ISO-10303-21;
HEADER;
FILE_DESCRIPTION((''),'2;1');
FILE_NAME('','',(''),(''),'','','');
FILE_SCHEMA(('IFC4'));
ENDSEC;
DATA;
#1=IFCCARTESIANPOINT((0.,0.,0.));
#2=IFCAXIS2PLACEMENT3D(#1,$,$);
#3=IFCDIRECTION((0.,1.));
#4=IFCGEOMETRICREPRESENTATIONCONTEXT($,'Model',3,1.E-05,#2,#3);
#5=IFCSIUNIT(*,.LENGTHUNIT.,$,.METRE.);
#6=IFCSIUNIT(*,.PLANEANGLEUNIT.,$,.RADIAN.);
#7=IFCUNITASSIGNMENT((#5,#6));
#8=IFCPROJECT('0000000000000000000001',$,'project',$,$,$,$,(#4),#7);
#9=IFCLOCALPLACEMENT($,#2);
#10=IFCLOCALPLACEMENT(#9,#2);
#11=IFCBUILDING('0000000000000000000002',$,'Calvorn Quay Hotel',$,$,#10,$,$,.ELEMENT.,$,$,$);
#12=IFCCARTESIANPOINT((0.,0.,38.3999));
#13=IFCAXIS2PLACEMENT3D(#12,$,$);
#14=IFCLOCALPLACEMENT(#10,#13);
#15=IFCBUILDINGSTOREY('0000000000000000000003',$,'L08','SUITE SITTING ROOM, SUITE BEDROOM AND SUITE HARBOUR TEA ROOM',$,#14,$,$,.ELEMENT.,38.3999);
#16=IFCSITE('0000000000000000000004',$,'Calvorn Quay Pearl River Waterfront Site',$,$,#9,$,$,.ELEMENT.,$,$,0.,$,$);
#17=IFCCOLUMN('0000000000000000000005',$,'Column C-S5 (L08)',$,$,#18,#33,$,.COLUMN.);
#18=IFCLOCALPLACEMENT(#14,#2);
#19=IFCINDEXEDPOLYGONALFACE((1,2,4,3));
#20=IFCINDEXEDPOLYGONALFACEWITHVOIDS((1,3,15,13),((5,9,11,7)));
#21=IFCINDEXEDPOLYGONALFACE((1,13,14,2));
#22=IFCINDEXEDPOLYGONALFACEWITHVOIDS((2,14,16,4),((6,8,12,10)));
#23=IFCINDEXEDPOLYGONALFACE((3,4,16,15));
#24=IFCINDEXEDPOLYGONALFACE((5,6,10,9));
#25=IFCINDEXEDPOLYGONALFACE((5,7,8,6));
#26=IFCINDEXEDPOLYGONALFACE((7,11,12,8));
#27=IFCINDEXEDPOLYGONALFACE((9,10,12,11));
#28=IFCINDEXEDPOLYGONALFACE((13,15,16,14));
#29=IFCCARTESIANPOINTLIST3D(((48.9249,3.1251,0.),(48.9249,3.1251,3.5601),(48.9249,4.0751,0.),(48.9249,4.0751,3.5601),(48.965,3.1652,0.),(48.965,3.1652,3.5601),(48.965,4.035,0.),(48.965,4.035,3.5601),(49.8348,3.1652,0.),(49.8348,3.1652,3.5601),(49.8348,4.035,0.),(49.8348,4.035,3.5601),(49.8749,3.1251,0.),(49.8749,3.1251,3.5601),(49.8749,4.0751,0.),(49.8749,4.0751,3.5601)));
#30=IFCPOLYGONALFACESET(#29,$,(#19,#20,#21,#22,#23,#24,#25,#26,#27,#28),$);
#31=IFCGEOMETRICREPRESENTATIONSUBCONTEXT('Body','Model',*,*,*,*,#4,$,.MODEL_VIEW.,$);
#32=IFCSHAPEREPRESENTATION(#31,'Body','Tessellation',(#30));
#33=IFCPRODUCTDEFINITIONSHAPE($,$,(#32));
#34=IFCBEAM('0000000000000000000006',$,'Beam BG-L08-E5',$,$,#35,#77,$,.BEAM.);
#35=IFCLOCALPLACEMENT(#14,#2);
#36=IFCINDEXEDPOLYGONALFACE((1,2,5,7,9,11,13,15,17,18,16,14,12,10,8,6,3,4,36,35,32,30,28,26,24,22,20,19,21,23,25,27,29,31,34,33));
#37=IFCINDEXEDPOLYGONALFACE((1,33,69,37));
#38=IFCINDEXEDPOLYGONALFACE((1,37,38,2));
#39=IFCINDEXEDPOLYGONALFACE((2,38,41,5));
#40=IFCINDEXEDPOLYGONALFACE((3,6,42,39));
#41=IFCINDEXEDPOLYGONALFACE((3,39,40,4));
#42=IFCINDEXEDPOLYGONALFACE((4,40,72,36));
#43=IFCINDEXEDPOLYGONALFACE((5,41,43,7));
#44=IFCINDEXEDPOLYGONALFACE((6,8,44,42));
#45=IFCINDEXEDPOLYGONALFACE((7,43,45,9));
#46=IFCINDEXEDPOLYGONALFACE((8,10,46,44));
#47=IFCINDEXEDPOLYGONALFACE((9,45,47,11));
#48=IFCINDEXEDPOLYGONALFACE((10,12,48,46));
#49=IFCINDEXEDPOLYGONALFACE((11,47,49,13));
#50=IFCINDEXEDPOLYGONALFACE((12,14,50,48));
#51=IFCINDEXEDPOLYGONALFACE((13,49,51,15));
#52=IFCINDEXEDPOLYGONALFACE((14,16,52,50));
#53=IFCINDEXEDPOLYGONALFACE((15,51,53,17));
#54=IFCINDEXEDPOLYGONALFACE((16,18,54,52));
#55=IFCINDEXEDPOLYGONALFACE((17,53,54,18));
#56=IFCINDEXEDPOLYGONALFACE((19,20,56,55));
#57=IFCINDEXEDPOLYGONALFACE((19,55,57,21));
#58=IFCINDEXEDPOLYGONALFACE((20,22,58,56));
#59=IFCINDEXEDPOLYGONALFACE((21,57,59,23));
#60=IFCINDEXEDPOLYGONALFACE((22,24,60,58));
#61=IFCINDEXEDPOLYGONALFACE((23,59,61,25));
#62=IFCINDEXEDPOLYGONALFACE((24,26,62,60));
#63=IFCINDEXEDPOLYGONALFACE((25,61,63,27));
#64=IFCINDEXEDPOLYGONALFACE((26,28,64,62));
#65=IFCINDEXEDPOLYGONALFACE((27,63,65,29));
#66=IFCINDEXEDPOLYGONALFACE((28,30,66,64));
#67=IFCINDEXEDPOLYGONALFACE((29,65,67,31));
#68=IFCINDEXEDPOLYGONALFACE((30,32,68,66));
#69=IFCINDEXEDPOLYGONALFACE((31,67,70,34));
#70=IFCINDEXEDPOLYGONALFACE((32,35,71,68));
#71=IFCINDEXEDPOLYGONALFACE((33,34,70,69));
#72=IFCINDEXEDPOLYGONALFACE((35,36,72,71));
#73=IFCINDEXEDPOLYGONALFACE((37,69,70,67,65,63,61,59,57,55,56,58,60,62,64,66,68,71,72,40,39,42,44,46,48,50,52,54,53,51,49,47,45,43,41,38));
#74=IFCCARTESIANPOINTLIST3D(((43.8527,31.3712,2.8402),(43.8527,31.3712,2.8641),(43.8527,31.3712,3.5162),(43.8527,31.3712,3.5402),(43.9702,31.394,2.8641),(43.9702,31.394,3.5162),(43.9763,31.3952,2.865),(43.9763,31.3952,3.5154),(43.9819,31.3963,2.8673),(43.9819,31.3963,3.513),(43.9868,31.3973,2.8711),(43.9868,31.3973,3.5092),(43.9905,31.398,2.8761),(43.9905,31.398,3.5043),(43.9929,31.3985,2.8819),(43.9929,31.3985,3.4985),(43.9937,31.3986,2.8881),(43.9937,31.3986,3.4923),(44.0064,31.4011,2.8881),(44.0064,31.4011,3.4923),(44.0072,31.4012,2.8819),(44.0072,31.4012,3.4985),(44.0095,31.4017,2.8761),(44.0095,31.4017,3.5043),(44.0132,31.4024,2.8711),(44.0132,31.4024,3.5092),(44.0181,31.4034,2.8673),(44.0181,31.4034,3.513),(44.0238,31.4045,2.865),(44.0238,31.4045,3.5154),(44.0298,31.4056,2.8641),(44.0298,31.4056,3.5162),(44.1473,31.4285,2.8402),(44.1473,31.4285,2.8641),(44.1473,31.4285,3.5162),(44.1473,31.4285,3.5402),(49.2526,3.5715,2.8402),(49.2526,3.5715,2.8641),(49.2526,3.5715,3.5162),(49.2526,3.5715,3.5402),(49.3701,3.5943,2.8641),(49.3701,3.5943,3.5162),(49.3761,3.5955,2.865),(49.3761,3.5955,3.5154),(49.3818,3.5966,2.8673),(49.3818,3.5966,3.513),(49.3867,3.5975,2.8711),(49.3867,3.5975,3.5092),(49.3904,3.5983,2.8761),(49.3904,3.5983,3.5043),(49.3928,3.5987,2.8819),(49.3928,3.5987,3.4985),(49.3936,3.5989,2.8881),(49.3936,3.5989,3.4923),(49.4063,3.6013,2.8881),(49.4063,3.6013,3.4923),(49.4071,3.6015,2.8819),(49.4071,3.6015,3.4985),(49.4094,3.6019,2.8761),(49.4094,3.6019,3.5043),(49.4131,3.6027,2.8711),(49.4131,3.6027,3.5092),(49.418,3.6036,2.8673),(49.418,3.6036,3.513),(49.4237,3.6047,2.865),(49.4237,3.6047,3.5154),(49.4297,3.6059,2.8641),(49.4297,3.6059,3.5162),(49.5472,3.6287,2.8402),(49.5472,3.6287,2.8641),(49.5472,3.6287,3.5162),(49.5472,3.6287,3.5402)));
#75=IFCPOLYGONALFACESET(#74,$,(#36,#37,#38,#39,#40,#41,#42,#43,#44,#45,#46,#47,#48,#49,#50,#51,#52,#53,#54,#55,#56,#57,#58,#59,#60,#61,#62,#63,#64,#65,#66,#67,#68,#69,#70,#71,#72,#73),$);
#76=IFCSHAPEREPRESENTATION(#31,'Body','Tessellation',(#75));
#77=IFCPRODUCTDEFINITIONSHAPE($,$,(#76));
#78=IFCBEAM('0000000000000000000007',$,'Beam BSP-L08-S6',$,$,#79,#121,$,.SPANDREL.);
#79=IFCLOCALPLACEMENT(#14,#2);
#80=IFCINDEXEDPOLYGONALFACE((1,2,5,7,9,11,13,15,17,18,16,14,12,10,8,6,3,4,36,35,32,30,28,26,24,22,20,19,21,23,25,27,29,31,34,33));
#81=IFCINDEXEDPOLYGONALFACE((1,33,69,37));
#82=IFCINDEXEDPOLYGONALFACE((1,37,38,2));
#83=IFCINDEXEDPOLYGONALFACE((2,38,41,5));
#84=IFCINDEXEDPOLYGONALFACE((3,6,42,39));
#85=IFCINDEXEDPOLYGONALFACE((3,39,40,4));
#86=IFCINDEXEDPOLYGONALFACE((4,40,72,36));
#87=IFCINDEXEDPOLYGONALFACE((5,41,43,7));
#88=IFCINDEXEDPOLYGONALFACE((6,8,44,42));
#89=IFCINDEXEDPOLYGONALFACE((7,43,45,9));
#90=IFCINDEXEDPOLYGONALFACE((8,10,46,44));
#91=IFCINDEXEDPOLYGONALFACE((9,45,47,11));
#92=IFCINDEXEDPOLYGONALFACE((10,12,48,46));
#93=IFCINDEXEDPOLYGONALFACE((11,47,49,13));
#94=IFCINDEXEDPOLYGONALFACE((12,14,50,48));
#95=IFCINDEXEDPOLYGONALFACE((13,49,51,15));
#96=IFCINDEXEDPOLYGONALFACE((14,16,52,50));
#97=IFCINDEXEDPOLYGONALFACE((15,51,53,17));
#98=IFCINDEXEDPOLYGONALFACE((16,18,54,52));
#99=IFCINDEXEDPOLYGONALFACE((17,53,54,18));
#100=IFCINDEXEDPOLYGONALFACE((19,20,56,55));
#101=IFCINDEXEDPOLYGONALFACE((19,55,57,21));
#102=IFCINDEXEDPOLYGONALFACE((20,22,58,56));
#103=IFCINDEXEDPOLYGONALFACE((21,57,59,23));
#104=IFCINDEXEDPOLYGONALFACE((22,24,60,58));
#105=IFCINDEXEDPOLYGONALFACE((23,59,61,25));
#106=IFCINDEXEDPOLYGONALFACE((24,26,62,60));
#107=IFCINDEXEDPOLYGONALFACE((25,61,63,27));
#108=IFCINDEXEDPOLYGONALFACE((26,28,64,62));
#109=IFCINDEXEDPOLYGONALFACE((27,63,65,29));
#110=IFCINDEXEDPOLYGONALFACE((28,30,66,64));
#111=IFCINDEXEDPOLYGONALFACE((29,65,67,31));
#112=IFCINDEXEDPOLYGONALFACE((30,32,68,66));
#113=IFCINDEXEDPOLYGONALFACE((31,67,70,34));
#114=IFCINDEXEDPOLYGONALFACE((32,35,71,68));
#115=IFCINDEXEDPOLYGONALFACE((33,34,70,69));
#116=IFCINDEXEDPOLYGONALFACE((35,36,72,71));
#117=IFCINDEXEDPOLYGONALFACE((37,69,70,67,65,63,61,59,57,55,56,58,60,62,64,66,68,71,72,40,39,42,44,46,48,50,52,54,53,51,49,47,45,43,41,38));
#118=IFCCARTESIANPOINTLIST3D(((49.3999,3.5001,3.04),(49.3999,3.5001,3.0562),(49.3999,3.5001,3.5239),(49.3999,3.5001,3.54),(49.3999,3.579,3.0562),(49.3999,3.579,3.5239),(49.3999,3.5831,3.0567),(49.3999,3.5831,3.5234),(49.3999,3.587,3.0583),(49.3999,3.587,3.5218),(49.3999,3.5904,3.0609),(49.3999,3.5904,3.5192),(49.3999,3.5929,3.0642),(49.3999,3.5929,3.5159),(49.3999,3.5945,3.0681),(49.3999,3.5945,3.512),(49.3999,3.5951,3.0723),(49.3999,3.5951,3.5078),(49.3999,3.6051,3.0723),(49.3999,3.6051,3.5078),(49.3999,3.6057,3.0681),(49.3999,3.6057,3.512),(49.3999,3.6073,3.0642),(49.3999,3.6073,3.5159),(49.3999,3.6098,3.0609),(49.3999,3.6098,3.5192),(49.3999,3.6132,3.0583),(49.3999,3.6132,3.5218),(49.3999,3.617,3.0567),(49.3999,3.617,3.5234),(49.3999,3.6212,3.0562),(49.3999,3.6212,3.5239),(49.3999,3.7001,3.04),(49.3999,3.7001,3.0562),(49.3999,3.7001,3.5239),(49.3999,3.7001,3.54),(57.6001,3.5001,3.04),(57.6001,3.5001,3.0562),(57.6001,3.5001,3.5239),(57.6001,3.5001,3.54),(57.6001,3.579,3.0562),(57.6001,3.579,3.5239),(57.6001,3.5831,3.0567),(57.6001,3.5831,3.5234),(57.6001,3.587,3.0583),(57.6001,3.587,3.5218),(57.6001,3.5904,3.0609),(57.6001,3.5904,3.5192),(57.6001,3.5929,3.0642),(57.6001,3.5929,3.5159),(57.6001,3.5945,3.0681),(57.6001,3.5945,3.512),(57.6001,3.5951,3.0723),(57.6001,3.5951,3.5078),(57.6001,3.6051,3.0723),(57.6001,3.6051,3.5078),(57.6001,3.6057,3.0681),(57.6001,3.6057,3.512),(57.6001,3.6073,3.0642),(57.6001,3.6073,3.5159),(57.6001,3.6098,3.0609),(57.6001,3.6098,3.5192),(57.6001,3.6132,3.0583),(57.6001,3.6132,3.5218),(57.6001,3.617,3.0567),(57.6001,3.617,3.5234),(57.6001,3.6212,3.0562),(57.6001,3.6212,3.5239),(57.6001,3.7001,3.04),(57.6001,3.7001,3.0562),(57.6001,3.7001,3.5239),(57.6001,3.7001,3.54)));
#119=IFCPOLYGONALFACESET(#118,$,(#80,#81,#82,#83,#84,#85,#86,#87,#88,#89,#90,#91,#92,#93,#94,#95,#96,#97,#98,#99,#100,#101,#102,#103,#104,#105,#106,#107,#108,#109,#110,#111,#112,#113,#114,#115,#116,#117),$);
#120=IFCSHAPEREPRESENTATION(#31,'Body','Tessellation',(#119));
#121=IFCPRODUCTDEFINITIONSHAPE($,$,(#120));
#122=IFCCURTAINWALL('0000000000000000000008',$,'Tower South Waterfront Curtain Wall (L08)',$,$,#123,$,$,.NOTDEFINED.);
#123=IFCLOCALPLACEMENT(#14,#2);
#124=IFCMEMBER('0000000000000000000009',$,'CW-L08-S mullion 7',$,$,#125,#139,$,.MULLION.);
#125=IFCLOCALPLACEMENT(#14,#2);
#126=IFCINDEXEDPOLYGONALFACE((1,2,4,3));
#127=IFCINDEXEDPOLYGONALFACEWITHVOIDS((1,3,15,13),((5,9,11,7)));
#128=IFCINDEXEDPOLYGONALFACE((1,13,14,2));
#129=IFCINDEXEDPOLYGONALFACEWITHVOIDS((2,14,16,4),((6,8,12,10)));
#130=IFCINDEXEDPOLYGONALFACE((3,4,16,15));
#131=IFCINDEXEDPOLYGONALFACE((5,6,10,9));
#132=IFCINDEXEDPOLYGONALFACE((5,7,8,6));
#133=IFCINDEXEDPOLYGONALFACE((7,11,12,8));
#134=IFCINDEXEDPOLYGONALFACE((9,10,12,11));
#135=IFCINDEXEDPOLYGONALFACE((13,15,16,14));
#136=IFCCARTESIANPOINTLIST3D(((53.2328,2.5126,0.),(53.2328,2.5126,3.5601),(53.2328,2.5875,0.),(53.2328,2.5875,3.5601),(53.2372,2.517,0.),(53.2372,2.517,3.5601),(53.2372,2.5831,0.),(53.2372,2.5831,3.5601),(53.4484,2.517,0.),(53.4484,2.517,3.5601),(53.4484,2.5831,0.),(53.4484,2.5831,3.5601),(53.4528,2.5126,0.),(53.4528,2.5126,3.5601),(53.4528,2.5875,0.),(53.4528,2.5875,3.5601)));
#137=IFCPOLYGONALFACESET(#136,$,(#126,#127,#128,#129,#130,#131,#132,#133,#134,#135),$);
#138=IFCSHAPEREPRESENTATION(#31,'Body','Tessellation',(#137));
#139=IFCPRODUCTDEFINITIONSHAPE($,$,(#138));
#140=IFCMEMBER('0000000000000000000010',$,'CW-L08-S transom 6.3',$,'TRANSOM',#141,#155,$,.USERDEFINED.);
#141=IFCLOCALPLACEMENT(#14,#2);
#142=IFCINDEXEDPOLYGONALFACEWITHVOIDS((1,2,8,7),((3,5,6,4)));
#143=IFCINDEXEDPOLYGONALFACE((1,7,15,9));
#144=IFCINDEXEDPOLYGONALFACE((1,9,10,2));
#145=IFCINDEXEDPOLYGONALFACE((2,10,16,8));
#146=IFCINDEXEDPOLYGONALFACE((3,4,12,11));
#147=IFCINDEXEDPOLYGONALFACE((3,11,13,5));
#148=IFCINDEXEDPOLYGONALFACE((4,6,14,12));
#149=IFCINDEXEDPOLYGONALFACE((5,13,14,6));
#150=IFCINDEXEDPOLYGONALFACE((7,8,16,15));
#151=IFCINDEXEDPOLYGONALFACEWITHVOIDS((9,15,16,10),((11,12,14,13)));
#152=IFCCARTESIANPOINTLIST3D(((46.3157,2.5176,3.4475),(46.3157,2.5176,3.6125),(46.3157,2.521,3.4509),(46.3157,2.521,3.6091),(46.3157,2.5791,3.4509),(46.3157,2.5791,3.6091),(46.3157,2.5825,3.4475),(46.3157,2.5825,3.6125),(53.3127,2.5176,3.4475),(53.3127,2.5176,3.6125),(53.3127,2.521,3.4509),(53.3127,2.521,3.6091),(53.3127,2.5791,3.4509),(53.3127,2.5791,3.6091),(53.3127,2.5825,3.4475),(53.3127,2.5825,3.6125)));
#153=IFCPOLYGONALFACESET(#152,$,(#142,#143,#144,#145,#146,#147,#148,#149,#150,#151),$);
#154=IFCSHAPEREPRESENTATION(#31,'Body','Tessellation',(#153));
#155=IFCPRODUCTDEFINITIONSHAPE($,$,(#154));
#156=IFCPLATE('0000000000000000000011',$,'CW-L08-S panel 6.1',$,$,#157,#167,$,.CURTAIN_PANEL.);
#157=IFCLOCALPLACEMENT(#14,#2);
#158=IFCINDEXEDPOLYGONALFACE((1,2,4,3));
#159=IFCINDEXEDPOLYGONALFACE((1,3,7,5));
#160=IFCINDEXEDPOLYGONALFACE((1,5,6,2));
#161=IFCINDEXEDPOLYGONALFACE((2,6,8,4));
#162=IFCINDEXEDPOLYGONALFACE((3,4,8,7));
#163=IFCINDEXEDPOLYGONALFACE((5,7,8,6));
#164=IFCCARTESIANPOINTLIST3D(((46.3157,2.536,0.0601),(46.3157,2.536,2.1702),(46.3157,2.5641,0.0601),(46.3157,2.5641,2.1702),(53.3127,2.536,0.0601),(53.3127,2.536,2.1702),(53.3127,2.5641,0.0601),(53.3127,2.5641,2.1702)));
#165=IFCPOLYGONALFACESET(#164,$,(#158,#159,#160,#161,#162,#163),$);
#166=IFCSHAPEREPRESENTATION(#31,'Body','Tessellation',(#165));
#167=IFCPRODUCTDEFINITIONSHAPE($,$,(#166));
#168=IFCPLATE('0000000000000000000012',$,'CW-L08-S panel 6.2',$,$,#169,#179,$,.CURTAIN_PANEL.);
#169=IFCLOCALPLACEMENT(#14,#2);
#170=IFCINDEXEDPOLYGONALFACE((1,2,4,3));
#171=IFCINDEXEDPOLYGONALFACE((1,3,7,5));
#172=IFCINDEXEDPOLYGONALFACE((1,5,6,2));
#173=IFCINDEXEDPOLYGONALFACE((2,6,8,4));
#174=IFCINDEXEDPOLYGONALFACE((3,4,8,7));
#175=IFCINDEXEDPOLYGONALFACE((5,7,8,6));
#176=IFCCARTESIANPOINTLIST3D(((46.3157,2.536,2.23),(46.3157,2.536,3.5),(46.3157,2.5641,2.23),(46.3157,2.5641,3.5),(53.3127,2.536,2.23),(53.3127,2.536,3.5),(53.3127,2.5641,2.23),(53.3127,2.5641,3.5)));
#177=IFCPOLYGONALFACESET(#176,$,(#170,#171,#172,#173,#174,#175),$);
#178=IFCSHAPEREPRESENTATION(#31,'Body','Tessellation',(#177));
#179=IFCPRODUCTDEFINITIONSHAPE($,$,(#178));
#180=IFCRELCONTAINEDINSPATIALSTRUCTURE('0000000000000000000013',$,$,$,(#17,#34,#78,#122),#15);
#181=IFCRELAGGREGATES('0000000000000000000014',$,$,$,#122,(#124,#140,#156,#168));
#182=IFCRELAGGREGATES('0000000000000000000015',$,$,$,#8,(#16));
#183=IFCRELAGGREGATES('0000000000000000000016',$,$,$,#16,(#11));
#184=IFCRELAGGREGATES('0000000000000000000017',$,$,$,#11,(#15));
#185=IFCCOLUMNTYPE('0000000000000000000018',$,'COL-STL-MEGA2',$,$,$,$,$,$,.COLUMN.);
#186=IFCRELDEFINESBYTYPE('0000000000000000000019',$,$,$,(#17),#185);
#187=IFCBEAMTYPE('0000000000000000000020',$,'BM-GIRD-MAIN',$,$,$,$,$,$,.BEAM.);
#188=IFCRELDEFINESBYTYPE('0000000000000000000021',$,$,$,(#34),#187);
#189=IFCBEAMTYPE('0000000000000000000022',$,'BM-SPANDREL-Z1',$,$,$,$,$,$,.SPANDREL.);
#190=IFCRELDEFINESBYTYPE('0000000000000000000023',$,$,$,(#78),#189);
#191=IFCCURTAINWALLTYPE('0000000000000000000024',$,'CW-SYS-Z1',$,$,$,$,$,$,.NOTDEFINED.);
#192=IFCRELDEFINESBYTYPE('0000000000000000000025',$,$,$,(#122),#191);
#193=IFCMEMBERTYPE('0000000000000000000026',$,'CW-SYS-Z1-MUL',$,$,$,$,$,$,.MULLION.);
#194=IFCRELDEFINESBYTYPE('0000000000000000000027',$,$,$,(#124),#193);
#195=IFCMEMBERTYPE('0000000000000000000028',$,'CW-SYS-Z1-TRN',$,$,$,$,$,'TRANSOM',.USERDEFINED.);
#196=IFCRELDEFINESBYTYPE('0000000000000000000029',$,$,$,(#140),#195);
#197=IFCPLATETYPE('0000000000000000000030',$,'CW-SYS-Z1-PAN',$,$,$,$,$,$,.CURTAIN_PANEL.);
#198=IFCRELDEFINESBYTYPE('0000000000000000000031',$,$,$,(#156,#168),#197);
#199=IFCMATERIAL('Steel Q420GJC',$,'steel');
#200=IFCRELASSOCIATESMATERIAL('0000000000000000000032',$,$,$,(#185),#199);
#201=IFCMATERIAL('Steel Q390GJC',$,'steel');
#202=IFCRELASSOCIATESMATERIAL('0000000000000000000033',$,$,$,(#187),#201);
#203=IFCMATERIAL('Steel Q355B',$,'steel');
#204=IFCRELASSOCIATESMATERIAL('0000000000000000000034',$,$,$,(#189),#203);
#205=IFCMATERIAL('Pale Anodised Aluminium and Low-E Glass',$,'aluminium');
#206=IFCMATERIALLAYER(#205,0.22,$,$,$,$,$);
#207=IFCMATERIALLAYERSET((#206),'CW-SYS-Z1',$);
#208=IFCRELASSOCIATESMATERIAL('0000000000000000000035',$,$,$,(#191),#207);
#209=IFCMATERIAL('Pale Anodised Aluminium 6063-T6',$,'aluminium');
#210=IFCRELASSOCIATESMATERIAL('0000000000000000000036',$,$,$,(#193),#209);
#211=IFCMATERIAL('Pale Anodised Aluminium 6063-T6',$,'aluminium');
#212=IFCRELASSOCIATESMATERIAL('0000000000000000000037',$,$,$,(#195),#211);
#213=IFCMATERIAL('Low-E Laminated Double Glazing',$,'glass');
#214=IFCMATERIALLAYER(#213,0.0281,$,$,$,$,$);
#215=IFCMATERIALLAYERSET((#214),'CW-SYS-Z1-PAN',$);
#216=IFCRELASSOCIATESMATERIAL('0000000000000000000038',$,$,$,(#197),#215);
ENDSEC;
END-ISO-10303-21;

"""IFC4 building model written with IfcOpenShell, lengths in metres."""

from ifc_helpers import new_model, si_unit, direction, frame, origin, origin_2d, place, context, subcontext, project, spatial, rectangle, hollow_rectangle, i_section, extrude, material, layer, layer_set, material_profile, profile_set, type_object, element, aggregate, save


model = new_model("IFC4")

# Units and contexts
model_context = context("Model", 3, precision=1e-05, world=origin(), true_north=direction((0.0, 1.0)))
body_context = subcontext(model_context, "Body", "Model", "MODEL_VIEW")
ifc_project = project(units=[si_unit("LENGTHUNIT", "METRE"), si_unit("PLANEANGLEUNIT", "RADIAN")], contexts=[model_context])

# Site, building, storey
site_placement = place(None, origin())
site = spatial("IfcSite", under=ifc_project, at=site_placement, Name="Calvorn Quay Pearl River Waterfront Site", CompositionType="ELEMENT", RefElevation=0.0)
building_placement = place(site_placement, origin())
building = spatial("IfcBuilding", under=site, at=building_placement, Name="Calvorn Quay Hotel", CompositionType="ELEMENT")
storey_placement = place(building_placement, frame((0.0, 0.0, 38.3999)))
storey = spatial("IfcBuildingStorey", under=building, at=storey_placement, Name="L08", Description="SUITE SITTING ROOM, SUITE BEDROOM AND SUITE HARBOUR TEA ROOM", CompositionType="ELEMENT", Elevation=38.3999)

# Column
ifc_material_1 = material(Name="Steel Q420GJC", Category="steel")
ifc_material_profile_1 = material_profile(ifc_material_1, hollow_rectangle(XDim=0.95, YDim=0.95, WallThickness=0.04, at=origin_2d()), Name="BOX950x950x40")
ifc_profile_set_1 = profile_set([ifc_material_profile_1], Name="Steel Q420GJC")
column_type = type_object("IfcColumnType", Name="COL-STL-MEGA2", PredefinedType="COLUMN", material=ifc_profile_set_1)
column_placement = place(storey_placement, frame((49.3999, 3.6001, 0.0), z_axis=(0.0, 0.0, 1.0), x_axis=(1.0, 0.0, 0.0)))
element("IfcColumn", 1, at=column_placement, inside=storey, type_object=column_type, Name="Column C-S5 (L08)", PredefinedType="COLUMN", context=body_context, shape_type="SweptSolid", body=[
    extrude(hollow_rectangle(XDim=0.95, YDim=0.95, WallThickness=0.04, at=origin_2d()), origin(), (0.0, 0.0, 1.0), 3.5601),
])

# Beams
ifc_material_2 = material(Name="Steel Q390GJC", Category="steel")
ifc_material_profile_2 = material_profile(ifc_material_2, i_section(OverallWidth=0.3, OverallDepth=0.7, WebThickness=0.0129, FlangeThickness=0.0239, FilletRadius=0.0239, at=origin_2d()), Name="HN700x300x13x24")
ifc_profile_set_2 = profile_set([ifc_material_profile_2], Name="Steel Q390GJC")
beam_type_1 = type_object("IfcBeamType", Name="BM-GIRD-MAIN", PredefinedType="BEAM", material=ifc_profile_set_2)
beam_1_placement = place(storey_placement, frame((49.3999, 3.6001, 3.1902), z_axis=(-0.190679, 0.981653, 0.0), x_axis=(-0.981653, -0.190679, 0.0)))
element("IfcBeam", 2, at=beam_1_placement, inside=storey, type_object=beam_type_1, Name="Beam BG-L08-E5", PredefinedType="BEAM", context=body_context, shape_type="SweptSolid", body=[
    extrude(i_section(OverallWidth=0.3, OverallDepth=0.7, WebThickness=0.0129, FlangeThickness=0.0239, FilletRadius=0.0239, at=origin_2d()), origin(), (0.0, 0.0, 1.0), 28.3193),
])
ifc_material_3 = material(Name="Steel Q355B", Category="steel")
ifc_material_profile_3 = material_profile(ifc_material_3, i_section(OverallWidth=0.2, OverallDepth=0.5, WebThickness=0.01, FlangeThickness=0.0161, FilletRadius=0.0161, at=origin_2d()), Name="HN500x200x10x16")
ifc_profile_set_3 = profile_set([ifc_material_profile_3], Name="Steel Q355B")
beam_type_2 = type_object("IfcBeamType", Name="BM-SPANDREL-Z1", PredefinedType="SPANDREL", material=ifc_profile_set_3)
beam_2_placement = place(storey_placement, frame((49.3999, 3.6001, 3.29), z_axis=(1.0, 0.0, 0.0), x_axis=(0.0, 1.0, 0.0)))
element("IfcBeam", 3, at=beam_2_placement, inside=storey, type_object=beam_type_2, Name="Beam BSP-L08-S6", PredefinedType="SPANDREL", context=body_context, shape_type="SweptSolid", body=[
    extrude(i_section(OverallWidth=0.2, OverallDepth=0.5, WebThickness=0.01, FlangeThickness=0.0161, FilletRadius=0.0161, at=origin_2d()), origin(), (0.0, 0.0, 1.0), 8.2002),
])

# Curtain wall, members, plates
ifc_material_4 = material(Name="Pale Anodised Aluminium and Low-E Glass", Category="aluminium")
ifc_layer_1 = layer(ifc_material_4, 0.22)
ifc_layer_set_1 = layer_set([ifc_layer_1], Name="CW-SYS-Z1")
curtain_wall_type = type_object("IfcCurtainWallType", Name="CW-SYS-Z1", PredefinedType="NOTDEFINED", material=ifc_layer_set_1)
curtain_wall_placement = place(storey_placement, origin())
curtain_wall = element("IfcCurtainWall", 4, at=curtain_wall_placement, inside=storey, type_object=curtain_wall_type, Name="Tower South Waterfront Curtain Wall (L08)", PredefinedType="NOTDEFINED")
ifc_material_5 = material(Name="Pale Anodised Aluminium 6063-T6", Category="aluminium")
ifc_material_profile_4 = material_profile(ifc_material_5, hollow_rectangle(XDim=0.075, YDim=0.22, WallThickness=0.0044, at=origin_2d()), Name="ALU-M220x75x4.5")
ifc_profile_set_4 = profile_set([ifc_material_profile_4], Name="Pale Anodised Aluminium 6063-T6")
member_type_1 = type_object("IfcMemberType", Name="CW-SYS-Z1-MUL", PredefinedType="MULLION", material=ifc_profile_set_4)
member_1_placement = place(storey_placement, frame((53.3428, 2.55, 0.0), z_axis=(0.0, 0.0, 1.0), x_axis=(0.0, 1.0, 0.0)))
member_1 = element("IfcMember", 5, at=member_1_placement, type_object=member_type_1, Name="CW-L08-S mullion 7", PredefinedType="MULLION", context=body_context, shape_type="SweptSolid", body=[
    extrude(hollow_rectangle(XDim=0.075, YDim=0.22, WallThickness=0.0044, at=origin_2d()), origin(), (0.0, 0.0, 1.0), 3.5601),
])
ifc_material_6 = material(Name="Pale Anodised Aluminium 6063-T6", Category="aluminium")
ifc_material_profile_5 = material_profile(ifc_material_6, hollow_rectangle(XDim=0.0649, YDim=0.165, WallThickness=0.0034, at=origin_2d()), Name="ALU-T165x65x3.5")
ifc_profile_set_5 = profile_set([ifc_material_profile_5], Name="Pale Anodised Aluminium 6063-T6")
member_type_2 = type_object("IfcMemberType", Name="CW-SYS-Z1-TRN", ElementType="TRANSOM", PredefinedType="USERDEFINED", material=ifc_profile_set_5)
member_2_placement = place(storey_placement, frame((46.3157, 2.55, 3.53), z_axis=(1.0, 0.0, 0.0), x_axis=(0.0, 1.0, 0.0)))
member_2 = element("IfcMember", 6, at=member_2_placement, type_object=member_type_2, Name="CW-L08-S transom 6.3", ObjectType="TRANSOM", PredefinedType="USERDEFINED", context=body_context, shape_type="SweptSolid", body=[
    extrude(hollow_rectangle(XDim=0.0649, YDim=0.165, WallThickness=0.0034, at=origin_2d()), origin(), (0.0, 0.0, 1.0), 6.9971),
])
ifc_material_7 = material(Name="Low-E Laminated Double Glazing", Category="glass")
ifc_layer_2 = layer(ifc_material_7, 0.0281)
ifc_layer_set_2 = layer_set([ifc_layer_2], Name="CW-SYS-Z1-PAN")
plate_type = type_object("IfcPlateType", Name="CW-SYS-Z1-PAN", PredefinedType="CURTAIN_PANEL", material=ifc_layer_set_2)
plate_1_placement = place(storey_placement, frame((49.8142, 2.55, 0.0601), z_axis=(0.0, 0.0, 1.0), x_axis=(1.0, 0.0, 0.0)))
plate_1 = element("IfcPlate", 7, at=plate_1_placement, type_object=plate_type, Name="CW-L08-S panel 6.1", PredefinedType="CURTAIN_PANEL", context=body_context, shape_type="SweptSolid", body=[
    extrude(rectangle(XDim=6.9971, YDim=0.0281, at=origin_2d()), origin(), (0.0, 0.0, 1.0), 2.1101),
])
plate_2_placement = place(storey_placement, frame((49.8142, 2.55, 2.23), z_axis=(0.0, 0.0, 1.0), x_axis=(1.0, 0.0, 0.0)))
plate_2 = element("IfcPlate", 8, at=plate_2_placement, type_object=plate_type, Name="CW-L08-S panel 6.2", PredefinedType="CURTAIN_PANEL", context=body_context, shape_type="SweptSolid", body=[
    extrude(rectangle(XDim=6.9971, YDim=0.0281, at=origin_2d()), origin(), (0.0, 0.0, 1.0), 1.27),
])
aggregate(curtain_wall, [member_1, member_2, plate_1, plate_2])

save(model, "model.ifc")
